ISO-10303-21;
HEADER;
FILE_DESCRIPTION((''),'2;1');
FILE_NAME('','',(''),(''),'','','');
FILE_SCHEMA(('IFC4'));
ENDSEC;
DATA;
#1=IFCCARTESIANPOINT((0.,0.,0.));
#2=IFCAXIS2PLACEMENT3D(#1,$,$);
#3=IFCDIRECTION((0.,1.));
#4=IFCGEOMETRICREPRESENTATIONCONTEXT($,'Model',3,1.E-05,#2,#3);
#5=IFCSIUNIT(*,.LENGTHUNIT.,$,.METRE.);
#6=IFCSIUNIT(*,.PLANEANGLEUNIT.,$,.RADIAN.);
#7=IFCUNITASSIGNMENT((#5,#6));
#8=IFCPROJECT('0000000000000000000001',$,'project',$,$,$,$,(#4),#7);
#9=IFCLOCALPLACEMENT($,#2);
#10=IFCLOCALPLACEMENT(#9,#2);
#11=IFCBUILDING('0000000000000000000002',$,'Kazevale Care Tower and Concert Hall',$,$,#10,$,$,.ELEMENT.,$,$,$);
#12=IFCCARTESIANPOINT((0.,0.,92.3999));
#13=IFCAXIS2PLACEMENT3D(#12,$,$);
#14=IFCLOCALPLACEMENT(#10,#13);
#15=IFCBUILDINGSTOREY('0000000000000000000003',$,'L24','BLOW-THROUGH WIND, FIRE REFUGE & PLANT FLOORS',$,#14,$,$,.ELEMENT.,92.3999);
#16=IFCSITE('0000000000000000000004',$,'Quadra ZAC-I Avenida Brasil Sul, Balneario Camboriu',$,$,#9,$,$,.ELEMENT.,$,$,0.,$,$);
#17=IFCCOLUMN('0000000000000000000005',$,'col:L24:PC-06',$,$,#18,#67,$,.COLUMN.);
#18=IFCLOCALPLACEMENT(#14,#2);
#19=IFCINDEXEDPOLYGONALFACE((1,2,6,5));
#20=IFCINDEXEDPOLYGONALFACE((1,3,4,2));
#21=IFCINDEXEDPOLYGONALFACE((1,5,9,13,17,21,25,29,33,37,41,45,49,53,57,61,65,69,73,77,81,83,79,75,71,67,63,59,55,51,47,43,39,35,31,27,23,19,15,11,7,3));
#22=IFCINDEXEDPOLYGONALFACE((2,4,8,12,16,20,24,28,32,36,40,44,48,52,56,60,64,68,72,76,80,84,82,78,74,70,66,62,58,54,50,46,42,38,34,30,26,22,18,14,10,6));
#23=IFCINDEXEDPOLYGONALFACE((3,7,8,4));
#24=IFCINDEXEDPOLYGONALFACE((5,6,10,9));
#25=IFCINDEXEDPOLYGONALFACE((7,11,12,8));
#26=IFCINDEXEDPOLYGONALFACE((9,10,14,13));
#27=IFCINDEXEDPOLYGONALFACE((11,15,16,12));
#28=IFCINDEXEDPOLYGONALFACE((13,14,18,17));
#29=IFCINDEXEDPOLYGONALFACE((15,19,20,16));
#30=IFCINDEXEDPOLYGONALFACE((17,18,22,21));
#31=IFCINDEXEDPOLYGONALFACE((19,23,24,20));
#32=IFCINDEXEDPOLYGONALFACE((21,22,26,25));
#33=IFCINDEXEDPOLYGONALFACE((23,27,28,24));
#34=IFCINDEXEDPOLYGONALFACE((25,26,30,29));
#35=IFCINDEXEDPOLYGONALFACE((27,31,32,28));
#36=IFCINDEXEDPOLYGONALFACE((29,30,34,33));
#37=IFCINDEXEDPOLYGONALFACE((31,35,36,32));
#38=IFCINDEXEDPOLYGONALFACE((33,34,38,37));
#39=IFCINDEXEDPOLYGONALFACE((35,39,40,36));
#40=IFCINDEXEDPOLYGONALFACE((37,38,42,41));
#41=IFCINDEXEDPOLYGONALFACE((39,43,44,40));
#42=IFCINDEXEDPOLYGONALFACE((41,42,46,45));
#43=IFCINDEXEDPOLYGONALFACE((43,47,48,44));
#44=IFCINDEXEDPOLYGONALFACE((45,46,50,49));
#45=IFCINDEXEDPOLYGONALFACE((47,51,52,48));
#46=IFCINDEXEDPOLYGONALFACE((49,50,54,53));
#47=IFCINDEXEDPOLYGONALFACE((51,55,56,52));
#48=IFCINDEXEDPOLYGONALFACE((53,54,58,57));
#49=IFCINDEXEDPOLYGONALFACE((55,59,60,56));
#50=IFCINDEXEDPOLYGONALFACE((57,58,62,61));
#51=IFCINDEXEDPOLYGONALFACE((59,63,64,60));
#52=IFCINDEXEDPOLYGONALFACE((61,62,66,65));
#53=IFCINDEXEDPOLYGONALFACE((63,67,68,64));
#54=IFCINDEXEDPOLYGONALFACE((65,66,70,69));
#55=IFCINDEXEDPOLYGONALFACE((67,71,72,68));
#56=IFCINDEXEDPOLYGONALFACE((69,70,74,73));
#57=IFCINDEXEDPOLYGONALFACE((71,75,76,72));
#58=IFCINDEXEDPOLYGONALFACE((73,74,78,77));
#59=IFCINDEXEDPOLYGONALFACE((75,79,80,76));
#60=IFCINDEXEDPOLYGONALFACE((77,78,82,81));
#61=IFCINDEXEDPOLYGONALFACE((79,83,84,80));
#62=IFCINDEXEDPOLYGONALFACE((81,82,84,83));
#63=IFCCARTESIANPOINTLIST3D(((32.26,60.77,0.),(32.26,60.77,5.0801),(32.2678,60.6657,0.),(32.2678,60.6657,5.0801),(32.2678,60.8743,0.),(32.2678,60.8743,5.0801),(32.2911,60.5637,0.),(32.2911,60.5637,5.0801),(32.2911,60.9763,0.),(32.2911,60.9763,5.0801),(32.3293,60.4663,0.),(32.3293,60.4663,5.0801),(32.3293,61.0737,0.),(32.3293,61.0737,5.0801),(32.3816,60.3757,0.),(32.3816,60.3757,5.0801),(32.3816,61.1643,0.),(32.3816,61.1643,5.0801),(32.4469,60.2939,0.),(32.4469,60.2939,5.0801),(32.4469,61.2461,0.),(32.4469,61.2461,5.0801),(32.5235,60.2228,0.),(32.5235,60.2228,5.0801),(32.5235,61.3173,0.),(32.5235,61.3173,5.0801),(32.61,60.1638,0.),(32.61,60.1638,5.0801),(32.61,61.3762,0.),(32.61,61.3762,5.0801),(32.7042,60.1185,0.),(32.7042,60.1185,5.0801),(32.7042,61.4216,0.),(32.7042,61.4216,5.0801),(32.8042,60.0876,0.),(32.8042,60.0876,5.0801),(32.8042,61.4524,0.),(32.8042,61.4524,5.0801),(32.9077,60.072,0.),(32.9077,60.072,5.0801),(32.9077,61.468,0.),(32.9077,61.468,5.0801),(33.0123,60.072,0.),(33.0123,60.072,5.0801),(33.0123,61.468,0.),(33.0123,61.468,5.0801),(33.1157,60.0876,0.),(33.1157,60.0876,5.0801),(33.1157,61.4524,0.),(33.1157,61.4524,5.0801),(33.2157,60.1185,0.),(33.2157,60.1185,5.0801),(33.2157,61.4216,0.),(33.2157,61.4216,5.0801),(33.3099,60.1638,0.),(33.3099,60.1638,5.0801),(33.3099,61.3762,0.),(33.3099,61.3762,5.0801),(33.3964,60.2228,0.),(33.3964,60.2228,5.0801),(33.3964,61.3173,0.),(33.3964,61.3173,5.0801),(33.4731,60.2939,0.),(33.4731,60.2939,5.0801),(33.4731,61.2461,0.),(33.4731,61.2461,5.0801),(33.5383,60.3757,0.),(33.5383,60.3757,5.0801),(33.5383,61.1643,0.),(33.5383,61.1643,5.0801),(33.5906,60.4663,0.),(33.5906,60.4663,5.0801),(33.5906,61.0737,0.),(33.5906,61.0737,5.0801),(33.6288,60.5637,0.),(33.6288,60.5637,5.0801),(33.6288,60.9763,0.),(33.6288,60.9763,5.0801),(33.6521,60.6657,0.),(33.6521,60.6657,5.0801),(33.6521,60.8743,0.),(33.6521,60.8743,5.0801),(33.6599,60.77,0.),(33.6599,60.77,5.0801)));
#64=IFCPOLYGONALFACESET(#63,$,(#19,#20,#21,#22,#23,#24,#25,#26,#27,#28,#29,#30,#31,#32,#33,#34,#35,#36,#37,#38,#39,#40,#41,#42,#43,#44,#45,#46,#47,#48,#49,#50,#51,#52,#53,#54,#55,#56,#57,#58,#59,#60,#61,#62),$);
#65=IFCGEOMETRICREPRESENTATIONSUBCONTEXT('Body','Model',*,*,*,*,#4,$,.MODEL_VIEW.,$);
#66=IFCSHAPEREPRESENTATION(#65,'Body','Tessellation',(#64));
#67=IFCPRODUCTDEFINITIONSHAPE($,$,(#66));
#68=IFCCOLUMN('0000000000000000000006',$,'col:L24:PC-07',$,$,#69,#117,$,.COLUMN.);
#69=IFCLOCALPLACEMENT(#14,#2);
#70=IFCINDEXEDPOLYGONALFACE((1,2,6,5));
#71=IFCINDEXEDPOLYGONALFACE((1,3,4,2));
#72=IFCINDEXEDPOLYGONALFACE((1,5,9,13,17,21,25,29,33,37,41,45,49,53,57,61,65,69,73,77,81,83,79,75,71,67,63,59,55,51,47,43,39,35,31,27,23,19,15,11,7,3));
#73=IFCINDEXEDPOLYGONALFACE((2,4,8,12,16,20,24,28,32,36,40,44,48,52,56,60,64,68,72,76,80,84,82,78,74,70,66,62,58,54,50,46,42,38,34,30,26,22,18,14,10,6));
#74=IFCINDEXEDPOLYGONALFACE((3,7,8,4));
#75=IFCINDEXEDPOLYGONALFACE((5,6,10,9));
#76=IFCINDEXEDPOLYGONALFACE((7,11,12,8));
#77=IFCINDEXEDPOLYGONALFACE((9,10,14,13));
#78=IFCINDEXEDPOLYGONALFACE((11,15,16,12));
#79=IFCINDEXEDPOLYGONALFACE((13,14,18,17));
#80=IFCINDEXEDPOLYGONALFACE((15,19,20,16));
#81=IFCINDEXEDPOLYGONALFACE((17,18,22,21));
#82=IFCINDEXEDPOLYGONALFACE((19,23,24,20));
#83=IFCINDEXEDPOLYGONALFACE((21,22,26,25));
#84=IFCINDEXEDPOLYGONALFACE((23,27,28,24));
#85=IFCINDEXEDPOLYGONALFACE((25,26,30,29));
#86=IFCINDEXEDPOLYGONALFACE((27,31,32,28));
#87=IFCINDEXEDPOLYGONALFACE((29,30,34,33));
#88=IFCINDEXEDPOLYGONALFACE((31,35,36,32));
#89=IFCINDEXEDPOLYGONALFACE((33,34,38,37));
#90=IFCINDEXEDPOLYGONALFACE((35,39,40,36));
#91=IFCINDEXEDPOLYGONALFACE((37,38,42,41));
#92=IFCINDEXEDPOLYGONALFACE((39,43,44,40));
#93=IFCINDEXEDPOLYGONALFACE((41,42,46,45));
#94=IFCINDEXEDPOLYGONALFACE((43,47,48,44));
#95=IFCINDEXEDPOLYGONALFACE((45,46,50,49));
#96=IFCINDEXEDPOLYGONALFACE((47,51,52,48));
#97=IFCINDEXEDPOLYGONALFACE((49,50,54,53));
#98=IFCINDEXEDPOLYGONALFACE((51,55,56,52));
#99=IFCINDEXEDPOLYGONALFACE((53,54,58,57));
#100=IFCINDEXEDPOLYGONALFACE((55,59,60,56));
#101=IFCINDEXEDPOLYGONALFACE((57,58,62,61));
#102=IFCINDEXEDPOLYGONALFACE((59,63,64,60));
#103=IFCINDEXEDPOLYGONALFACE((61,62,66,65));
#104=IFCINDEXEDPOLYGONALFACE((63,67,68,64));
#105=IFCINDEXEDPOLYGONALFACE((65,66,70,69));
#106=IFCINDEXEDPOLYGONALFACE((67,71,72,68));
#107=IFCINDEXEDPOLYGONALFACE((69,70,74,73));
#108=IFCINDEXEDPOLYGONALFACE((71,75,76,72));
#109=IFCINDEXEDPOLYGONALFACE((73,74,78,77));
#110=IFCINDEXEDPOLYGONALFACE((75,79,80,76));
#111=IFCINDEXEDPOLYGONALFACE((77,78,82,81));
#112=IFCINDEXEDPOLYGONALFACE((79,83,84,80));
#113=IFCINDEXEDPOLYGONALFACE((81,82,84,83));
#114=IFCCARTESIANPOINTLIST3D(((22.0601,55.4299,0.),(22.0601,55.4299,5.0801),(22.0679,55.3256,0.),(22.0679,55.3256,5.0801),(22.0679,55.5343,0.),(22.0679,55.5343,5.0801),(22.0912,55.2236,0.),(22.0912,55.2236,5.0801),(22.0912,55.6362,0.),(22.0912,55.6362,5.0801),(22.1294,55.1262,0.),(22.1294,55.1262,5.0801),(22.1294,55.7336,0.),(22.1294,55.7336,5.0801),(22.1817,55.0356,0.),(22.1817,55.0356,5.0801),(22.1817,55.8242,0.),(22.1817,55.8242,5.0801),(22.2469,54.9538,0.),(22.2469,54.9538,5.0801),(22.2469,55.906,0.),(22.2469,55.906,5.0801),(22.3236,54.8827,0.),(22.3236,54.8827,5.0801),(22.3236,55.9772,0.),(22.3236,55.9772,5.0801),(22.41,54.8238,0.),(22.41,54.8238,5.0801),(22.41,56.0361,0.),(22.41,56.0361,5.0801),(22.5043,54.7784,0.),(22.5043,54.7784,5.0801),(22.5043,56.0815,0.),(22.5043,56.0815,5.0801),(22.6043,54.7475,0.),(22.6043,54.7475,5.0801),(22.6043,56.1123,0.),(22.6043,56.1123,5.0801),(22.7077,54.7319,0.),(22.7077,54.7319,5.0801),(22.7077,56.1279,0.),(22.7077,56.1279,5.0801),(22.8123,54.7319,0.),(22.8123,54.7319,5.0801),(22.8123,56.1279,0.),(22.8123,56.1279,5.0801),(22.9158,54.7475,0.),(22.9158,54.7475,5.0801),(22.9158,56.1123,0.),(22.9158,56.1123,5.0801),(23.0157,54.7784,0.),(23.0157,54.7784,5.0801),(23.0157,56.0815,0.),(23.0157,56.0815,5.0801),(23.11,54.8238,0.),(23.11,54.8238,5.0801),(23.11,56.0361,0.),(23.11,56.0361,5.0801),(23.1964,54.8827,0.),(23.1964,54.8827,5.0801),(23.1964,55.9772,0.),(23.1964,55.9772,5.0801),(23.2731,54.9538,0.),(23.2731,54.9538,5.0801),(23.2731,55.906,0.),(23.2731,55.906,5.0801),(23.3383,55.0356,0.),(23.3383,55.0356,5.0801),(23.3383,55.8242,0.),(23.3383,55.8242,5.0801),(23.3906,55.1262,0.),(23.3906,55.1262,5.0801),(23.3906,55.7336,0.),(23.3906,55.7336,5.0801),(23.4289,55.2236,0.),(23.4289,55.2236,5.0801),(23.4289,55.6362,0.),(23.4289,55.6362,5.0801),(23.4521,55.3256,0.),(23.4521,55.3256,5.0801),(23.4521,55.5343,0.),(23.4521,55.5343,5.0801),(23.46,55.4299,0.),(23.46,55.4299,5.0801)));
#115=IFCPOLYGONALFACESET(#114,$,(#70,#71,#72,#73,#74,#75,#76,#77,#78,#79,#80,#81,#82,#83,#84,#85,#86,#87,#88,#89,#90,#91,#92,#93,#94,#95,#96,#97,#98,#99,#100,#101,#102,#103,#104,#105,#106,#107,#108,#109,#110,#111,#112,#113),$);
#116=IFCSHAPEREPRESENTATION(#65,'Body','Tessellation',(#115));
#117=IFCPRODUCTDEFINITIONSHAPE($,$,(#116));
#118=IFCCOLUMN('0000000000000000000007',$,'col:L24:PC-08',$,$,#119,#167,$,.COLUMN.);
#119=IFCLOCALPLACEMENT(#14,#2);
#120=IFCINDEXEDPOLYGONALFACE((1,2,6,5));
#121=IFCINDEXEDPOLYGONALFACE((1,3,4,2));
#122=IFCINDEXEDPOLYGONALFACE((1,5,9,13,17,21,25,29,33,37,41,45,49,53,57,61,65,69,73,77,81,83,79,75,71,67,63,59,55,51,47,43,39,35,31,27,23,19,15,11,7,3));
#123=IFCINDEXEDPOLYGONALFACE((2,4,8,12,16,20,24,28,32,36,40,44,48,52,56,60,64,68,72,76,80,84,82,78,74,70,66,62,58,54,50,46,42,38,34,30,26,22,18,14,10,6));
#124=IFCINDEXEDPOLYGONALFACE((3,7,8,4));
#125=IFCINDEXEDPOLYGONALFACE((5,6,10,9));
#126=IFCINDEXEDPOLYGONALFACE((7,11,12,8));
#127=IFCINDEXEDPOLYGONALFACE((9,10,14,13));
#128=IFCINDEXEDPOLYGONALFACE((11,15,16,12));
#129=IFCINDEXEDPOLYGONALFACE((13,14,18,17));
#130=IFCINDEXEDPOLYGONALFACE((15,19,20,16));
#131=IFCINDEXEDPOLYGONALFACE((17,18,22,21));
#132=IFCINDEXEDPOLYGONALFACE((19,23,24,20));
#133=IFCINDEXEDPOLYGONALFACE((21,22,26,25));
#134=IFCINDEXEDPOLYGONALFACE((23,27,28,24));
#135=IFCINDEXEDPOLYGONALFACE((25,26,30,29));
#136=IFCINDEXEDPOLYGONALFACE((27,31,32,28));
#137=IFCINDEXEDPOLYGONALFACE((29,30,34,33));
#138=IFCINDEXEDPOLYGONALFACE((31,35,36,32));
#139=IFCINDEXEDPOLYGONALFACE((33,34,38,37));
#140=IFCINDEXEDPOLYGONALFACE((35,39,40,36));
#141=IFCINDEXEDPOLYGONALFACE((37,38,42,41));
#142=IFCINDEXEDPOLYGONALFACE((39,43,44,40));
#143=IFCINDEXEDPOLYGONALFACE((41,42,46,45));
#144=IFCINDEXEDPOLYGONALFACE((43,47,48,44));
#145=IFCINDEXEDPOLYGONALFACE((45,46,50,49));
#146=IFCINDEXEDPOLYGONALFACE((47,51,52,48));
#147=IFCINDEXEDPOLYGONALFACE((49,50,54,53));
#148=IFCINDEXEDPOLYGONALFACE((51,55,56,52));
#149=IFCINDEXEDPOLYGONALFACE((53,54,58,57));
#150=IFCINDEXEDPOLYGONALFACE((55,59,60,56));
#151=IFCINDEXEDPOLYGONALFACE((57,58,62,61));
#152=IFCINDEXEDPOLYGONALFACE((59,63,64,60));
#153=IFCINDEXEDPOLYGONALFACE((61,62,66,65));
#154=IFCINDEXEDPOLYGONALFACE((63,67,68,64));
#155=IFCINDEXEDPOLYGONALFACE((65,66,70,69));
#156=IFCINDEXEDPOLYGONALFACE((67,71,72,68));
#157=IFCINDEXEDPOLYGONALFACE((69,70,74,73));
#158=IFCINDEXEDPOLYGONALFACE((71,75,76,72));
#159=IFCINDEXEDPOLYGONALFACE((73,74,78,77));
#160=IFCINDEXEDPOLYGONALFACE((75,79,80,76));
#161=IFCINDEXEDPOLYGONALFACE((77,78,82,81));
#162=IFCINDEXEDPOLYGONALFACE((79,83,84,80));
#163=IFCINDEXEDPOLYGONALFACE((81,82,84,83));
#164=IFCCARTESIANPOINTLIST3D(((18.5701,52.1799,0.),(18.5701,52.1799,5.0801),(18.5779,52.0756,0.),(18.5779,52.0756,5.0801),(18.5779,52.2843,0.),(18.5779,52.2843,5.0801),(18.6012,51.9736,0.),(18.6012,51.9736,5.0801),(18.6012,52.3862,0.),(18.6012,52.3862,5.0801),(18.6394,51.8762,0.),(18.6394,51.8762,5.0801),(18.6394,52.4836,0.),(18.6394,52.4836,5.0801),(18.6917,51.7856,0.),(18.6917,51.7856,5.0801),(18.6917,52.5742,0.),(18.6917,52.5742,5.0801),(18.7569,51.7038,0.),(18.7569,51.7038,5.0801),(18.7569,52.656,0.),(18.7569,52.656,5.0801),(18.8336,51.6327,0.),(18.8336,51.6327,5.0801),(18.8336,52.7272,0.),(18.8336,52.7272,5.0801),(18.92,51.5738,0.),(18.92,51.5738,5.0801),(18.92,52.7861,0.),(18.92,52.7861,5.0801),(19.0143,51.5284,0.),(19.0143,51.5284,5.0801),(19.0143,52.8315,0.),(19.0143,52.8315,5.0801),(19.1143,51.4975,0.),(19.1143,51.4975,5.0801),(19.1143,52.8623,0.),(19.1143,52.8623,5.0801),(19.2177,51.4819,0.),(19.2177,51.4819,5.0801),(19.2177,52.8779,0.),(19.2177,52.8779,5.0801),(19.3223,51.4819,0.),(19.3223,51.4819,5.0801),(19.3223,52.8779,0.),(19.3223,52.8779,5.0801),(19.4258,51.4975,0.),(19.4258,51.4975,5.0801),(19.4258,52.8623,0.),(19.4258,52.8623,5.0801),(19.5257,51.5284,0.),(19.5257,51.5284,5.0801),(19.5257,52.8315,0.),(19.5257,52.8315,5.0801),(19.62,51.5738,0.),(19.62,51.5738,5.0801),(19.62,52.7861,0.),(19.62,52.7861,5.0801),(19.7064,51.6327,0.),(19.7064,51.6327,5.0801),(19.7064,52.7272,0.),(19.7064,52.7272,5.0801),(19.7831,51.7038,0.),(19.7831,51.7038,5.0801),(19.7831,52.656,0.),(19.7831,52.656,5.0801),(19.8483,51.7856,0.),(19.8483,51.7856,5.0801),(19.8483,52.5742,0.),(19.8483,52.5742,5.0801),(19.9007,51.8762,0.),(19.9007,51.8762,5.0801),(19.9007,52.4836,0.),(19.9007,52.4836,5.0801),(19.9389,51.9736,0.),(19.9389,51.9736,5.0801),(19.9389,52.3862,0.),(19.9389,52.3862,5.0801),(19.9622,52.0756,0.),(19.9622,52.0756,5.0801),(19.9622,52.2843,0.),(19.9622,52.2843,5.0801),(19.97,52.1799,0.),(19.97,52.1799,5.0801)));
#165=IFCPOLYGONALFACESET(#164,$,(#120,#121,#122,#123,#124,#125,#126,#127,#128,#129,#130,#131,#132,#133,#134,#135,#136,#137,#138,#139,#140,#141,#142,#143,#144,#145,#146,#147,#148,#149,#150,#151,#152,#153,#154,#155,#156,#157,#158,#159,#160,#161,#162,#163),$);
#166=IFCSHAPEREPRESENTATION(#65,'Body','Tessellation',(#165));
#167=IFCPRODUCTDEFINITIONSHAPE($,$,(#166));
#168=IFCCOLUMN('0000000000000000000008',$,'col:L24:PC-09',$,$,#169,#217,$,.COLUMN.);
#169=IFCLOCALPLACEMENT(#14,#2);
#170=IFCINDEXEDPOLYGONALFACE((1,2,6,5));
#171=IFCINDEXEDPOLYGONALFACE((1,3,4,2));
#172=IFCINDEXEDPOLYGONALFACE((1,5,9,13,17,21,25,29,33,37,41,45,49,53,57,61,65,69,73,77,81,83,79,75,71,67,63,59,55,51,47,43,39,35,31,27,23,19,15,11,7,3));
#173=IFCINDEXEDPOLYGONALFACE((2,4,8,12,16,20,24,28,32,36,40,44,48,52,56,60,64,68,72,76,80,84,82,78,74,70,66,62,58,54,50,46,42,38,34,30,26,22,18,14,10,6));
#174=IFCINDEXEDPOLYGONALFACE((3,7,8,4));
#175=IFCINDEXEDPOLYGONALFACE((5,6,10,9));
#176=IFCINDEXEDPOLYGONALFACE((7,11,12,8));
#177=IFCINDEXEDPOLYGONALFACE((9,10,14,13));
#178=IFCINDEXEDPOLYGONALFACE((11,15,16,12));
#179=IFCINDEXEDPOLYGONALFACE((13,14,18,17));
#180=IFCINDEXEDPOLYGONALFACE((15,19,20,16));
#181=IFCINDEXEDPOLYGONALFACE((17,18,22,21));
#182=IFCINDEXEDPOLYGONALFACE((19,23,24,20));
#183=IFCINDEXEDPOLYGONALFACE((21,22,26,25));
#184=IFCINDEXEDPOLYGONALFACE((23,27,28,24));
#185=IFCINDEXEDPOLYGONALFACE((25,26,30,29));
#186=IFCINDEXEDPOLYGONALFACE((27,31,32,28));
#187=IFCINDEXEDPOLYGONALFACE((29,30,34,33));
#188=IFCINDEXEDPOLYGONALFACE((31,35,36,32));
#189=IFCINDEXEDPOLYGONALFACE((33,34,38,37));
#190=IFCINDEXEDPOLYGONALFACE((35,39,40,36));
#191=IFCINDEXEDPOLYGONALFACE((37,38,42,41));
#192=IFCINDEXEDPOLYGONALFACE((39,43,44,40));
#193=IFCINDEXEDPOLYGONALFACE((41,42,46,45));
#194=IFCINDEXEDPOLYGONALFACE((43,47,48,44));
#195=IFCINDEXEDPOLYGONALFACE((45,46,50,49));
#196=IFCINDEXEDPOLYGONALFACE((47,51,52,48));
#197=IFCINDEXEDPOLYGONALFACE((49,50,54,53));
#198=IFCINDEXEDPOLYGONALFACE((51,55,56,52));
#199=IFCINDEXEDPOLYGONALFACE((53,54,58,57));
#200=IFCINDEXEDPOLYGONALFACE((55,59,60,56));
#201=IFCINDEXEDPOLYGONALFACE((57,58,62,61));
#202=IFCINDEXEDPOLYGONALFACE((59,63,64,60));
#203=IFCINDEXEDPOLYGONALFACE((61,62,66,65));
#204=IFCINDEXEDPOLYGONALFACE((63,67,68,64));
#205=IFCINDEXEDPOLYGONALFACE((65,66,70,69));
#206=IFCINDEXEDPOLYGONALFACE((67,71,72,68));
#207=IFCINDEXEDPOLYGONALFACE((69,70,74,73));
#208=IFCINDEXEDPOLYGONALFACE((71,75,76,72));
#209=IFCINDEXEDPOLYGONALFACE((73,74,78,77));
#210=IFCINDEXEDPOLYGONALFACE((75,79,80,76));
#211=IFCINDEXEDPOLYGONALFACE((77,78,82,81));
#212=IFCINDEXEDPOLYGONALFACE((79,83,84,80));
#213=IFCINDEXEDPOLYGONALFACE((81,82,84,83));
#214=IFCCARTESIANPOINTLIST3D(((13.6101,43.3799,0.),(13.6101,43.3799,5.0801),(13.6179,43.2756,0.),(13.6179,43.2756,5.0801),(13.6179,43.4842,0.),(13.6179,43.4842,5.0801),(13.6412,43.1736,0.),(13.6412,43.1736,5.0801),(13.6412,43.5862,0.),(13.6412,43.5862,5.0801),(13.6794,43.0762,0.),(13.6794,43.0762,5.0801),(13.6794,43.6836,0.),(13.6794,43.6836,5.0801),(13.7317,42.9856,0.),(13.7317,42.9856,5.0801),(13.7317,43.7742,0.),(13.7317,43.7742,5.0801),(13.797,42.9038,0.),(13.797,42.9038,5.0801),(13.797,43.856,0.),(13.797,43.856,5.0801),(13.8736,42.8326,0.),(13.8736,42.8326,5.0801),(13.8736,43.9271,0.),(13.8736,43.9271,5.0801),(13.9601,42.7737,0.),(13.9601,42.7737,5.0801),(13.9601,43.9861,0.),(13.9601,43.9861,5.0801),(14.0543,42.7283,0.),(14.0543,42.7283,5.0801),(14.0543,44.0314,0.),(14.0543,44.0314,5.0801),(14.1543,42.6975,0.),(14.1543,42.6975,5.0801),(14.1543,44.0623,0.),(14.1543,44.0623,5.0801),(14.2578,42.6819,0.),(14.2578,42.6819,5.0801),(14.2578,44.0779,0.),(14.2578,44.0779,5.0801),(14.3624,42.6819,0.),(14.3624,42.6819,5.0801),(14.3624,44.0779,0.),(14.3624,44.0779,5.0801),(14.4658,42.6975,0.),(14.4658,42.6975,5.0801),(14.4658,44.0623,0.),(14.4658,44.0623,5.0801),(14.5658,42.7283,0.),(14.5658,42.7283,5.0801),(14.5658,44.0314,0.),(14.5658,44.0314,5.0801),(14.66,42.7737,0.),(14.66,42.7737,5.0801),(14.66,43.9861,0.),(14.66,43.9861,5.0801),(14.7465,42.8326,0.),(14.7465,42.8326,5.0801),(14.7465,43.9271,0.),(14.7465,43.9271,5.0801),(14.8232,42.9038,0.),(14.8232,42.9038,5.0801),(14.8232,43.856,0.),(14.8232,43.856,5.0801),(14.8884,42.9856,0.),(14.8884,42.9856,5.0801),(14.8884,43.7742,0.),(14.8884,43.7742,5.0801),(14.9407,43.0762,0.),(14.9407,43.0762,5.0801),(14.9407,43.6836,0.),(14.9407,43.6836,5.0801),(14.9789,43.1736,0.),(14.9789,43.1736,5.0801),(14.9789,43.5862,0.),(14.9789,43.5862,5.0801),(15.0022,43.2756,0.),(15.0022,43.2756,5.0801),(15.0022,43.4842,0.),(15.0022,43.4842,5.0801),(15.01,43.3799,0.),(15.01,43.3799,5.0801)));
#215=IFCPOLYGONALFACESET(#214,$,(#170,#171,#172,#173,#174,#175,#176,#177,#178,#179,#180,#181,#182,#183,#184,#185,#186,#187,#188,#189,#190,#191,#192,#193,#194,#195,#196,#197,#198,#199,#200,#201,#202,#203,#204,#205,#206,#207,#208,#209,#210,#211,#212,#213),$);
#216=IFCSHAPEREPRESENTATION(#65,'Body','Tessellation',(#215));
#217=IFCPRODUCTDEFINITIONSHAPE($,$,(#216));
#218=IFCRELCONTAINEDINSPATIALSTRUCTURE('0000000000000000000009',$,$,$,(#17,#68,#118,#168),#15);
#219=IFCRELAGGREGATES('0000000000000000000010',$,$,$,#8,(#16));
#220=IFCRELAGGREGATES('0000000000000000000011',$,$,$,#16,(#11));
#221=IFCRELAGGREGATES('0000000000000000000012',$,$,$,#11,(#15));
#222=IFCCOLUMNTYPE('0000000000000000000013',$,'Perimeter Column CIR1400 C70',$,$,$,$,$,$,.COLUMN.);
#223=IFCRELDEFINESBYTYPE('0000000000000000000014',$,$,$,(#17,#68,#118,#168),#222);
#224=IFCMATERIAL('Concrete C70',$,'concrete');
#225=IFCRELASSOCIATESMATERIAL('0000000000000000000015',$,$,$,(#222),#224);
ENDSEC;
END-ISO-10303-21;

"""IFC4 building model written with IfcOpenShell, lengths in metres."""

from ifc_helpers import new_model, si_unit, direction, frame, origin, origin_2d, place, context, subcontext, project, spatial, circle, extrude, material, material_profile, profile_set, type_object, element, save


model = new_model("IFC4")

# Units and contexts
model_context = context("Model", 3, precision=1e-05, world=origin(), true_north=direction((0.0, 1.0)))
body_context = subcontext(model_context, "Body", "Model", "MODEL_VIEW")
ifc_project = project(units=[si_unit("LENGTHUNIT", "METRE"), si_unit("PLANEANGLEUNIT", "RADIAN")], contexts=[model_context])

# Site, building, storey
site_placement = place(None, origin())
site = spatial("IfcSite", under=ifc_project, at=site_placement, Name="Quadra ZAC-I Avenida Brasil Sul, Balneario Camboriu", CompositionType="ELEMENT", RefElevation=0.0)
building_placement = place(site_placement, origin())
building = spatial("IfcBuilding", under=site, at=building_placement, Name="Kazevale Care Tower and Concert Hall", CompositionType="ELEMENT")
storey_placement = place(building_placement, frame((0.0, 0.0, 92.3999)))
storey = spatial("IfcBuildingStorey", under=building, at=storey_placement, Name="L24", Description="BLOW-THROUGH WIND, FIRE REFUGE & PLANT FLOORS", CompositionType="ELEMENT", Elevation=92.3999)

# Columns
ifc_material_1 = material(Name="Concrete C70", Category="concrete")
ifc_material_profile_1 = material_profile(ifc_material_1, circle(Radius=0.7, at=origin_2d()), Name="RC-CIR1400")
ifc_profile_set_1 = profile_set([ifc_material_profile_1], Name="Concrete C70")
column_type = type_object("IfcColumnType", Name="Perimeter Column CIR1400 C70", PredefinedType="COLUMN", material=ifc_profile_set_1)
for number, where, z_axis, x_axis, name in (
    (1, (32.96, 60.77, 0.0), (0.0, 0.0, 1.0), (1.0, 0.0, 0.0), "col:L24:PC-06"),
    (2, (22.76, 55.4299, 0.0), (0.0, 0.0, 1.0), (1.0, 0.0, 0.0), "col:L24:PC-07"),
    (3, (19.27, 52.1799, 0.0), (0.0, 0.0, 1.0), (1.0, 0.0, 0.0), "col:L24:PC-08"),
    (4, (14.3101, 43.3799, 0.0), (0.0, 0.0, 1.0), (1.0, 0.0, 0.0), "col:L24:PC-09"),
):
    element("IfcColumn", number, at=place(storey_placement, frame(where, z_axis=z_axis, x_axis=x_axis)), inside=storey, type_object=column_type, Name=name, PredefinedType="COLUMN", context=body_context, shape_type="SweptSolid", body=[
        extrude(circle(Radius=0.7, at=origin_2d()), origin(), (0.0, 0.0, 1.0), 5.0801),
    ])

save(model, "model.ifc")
